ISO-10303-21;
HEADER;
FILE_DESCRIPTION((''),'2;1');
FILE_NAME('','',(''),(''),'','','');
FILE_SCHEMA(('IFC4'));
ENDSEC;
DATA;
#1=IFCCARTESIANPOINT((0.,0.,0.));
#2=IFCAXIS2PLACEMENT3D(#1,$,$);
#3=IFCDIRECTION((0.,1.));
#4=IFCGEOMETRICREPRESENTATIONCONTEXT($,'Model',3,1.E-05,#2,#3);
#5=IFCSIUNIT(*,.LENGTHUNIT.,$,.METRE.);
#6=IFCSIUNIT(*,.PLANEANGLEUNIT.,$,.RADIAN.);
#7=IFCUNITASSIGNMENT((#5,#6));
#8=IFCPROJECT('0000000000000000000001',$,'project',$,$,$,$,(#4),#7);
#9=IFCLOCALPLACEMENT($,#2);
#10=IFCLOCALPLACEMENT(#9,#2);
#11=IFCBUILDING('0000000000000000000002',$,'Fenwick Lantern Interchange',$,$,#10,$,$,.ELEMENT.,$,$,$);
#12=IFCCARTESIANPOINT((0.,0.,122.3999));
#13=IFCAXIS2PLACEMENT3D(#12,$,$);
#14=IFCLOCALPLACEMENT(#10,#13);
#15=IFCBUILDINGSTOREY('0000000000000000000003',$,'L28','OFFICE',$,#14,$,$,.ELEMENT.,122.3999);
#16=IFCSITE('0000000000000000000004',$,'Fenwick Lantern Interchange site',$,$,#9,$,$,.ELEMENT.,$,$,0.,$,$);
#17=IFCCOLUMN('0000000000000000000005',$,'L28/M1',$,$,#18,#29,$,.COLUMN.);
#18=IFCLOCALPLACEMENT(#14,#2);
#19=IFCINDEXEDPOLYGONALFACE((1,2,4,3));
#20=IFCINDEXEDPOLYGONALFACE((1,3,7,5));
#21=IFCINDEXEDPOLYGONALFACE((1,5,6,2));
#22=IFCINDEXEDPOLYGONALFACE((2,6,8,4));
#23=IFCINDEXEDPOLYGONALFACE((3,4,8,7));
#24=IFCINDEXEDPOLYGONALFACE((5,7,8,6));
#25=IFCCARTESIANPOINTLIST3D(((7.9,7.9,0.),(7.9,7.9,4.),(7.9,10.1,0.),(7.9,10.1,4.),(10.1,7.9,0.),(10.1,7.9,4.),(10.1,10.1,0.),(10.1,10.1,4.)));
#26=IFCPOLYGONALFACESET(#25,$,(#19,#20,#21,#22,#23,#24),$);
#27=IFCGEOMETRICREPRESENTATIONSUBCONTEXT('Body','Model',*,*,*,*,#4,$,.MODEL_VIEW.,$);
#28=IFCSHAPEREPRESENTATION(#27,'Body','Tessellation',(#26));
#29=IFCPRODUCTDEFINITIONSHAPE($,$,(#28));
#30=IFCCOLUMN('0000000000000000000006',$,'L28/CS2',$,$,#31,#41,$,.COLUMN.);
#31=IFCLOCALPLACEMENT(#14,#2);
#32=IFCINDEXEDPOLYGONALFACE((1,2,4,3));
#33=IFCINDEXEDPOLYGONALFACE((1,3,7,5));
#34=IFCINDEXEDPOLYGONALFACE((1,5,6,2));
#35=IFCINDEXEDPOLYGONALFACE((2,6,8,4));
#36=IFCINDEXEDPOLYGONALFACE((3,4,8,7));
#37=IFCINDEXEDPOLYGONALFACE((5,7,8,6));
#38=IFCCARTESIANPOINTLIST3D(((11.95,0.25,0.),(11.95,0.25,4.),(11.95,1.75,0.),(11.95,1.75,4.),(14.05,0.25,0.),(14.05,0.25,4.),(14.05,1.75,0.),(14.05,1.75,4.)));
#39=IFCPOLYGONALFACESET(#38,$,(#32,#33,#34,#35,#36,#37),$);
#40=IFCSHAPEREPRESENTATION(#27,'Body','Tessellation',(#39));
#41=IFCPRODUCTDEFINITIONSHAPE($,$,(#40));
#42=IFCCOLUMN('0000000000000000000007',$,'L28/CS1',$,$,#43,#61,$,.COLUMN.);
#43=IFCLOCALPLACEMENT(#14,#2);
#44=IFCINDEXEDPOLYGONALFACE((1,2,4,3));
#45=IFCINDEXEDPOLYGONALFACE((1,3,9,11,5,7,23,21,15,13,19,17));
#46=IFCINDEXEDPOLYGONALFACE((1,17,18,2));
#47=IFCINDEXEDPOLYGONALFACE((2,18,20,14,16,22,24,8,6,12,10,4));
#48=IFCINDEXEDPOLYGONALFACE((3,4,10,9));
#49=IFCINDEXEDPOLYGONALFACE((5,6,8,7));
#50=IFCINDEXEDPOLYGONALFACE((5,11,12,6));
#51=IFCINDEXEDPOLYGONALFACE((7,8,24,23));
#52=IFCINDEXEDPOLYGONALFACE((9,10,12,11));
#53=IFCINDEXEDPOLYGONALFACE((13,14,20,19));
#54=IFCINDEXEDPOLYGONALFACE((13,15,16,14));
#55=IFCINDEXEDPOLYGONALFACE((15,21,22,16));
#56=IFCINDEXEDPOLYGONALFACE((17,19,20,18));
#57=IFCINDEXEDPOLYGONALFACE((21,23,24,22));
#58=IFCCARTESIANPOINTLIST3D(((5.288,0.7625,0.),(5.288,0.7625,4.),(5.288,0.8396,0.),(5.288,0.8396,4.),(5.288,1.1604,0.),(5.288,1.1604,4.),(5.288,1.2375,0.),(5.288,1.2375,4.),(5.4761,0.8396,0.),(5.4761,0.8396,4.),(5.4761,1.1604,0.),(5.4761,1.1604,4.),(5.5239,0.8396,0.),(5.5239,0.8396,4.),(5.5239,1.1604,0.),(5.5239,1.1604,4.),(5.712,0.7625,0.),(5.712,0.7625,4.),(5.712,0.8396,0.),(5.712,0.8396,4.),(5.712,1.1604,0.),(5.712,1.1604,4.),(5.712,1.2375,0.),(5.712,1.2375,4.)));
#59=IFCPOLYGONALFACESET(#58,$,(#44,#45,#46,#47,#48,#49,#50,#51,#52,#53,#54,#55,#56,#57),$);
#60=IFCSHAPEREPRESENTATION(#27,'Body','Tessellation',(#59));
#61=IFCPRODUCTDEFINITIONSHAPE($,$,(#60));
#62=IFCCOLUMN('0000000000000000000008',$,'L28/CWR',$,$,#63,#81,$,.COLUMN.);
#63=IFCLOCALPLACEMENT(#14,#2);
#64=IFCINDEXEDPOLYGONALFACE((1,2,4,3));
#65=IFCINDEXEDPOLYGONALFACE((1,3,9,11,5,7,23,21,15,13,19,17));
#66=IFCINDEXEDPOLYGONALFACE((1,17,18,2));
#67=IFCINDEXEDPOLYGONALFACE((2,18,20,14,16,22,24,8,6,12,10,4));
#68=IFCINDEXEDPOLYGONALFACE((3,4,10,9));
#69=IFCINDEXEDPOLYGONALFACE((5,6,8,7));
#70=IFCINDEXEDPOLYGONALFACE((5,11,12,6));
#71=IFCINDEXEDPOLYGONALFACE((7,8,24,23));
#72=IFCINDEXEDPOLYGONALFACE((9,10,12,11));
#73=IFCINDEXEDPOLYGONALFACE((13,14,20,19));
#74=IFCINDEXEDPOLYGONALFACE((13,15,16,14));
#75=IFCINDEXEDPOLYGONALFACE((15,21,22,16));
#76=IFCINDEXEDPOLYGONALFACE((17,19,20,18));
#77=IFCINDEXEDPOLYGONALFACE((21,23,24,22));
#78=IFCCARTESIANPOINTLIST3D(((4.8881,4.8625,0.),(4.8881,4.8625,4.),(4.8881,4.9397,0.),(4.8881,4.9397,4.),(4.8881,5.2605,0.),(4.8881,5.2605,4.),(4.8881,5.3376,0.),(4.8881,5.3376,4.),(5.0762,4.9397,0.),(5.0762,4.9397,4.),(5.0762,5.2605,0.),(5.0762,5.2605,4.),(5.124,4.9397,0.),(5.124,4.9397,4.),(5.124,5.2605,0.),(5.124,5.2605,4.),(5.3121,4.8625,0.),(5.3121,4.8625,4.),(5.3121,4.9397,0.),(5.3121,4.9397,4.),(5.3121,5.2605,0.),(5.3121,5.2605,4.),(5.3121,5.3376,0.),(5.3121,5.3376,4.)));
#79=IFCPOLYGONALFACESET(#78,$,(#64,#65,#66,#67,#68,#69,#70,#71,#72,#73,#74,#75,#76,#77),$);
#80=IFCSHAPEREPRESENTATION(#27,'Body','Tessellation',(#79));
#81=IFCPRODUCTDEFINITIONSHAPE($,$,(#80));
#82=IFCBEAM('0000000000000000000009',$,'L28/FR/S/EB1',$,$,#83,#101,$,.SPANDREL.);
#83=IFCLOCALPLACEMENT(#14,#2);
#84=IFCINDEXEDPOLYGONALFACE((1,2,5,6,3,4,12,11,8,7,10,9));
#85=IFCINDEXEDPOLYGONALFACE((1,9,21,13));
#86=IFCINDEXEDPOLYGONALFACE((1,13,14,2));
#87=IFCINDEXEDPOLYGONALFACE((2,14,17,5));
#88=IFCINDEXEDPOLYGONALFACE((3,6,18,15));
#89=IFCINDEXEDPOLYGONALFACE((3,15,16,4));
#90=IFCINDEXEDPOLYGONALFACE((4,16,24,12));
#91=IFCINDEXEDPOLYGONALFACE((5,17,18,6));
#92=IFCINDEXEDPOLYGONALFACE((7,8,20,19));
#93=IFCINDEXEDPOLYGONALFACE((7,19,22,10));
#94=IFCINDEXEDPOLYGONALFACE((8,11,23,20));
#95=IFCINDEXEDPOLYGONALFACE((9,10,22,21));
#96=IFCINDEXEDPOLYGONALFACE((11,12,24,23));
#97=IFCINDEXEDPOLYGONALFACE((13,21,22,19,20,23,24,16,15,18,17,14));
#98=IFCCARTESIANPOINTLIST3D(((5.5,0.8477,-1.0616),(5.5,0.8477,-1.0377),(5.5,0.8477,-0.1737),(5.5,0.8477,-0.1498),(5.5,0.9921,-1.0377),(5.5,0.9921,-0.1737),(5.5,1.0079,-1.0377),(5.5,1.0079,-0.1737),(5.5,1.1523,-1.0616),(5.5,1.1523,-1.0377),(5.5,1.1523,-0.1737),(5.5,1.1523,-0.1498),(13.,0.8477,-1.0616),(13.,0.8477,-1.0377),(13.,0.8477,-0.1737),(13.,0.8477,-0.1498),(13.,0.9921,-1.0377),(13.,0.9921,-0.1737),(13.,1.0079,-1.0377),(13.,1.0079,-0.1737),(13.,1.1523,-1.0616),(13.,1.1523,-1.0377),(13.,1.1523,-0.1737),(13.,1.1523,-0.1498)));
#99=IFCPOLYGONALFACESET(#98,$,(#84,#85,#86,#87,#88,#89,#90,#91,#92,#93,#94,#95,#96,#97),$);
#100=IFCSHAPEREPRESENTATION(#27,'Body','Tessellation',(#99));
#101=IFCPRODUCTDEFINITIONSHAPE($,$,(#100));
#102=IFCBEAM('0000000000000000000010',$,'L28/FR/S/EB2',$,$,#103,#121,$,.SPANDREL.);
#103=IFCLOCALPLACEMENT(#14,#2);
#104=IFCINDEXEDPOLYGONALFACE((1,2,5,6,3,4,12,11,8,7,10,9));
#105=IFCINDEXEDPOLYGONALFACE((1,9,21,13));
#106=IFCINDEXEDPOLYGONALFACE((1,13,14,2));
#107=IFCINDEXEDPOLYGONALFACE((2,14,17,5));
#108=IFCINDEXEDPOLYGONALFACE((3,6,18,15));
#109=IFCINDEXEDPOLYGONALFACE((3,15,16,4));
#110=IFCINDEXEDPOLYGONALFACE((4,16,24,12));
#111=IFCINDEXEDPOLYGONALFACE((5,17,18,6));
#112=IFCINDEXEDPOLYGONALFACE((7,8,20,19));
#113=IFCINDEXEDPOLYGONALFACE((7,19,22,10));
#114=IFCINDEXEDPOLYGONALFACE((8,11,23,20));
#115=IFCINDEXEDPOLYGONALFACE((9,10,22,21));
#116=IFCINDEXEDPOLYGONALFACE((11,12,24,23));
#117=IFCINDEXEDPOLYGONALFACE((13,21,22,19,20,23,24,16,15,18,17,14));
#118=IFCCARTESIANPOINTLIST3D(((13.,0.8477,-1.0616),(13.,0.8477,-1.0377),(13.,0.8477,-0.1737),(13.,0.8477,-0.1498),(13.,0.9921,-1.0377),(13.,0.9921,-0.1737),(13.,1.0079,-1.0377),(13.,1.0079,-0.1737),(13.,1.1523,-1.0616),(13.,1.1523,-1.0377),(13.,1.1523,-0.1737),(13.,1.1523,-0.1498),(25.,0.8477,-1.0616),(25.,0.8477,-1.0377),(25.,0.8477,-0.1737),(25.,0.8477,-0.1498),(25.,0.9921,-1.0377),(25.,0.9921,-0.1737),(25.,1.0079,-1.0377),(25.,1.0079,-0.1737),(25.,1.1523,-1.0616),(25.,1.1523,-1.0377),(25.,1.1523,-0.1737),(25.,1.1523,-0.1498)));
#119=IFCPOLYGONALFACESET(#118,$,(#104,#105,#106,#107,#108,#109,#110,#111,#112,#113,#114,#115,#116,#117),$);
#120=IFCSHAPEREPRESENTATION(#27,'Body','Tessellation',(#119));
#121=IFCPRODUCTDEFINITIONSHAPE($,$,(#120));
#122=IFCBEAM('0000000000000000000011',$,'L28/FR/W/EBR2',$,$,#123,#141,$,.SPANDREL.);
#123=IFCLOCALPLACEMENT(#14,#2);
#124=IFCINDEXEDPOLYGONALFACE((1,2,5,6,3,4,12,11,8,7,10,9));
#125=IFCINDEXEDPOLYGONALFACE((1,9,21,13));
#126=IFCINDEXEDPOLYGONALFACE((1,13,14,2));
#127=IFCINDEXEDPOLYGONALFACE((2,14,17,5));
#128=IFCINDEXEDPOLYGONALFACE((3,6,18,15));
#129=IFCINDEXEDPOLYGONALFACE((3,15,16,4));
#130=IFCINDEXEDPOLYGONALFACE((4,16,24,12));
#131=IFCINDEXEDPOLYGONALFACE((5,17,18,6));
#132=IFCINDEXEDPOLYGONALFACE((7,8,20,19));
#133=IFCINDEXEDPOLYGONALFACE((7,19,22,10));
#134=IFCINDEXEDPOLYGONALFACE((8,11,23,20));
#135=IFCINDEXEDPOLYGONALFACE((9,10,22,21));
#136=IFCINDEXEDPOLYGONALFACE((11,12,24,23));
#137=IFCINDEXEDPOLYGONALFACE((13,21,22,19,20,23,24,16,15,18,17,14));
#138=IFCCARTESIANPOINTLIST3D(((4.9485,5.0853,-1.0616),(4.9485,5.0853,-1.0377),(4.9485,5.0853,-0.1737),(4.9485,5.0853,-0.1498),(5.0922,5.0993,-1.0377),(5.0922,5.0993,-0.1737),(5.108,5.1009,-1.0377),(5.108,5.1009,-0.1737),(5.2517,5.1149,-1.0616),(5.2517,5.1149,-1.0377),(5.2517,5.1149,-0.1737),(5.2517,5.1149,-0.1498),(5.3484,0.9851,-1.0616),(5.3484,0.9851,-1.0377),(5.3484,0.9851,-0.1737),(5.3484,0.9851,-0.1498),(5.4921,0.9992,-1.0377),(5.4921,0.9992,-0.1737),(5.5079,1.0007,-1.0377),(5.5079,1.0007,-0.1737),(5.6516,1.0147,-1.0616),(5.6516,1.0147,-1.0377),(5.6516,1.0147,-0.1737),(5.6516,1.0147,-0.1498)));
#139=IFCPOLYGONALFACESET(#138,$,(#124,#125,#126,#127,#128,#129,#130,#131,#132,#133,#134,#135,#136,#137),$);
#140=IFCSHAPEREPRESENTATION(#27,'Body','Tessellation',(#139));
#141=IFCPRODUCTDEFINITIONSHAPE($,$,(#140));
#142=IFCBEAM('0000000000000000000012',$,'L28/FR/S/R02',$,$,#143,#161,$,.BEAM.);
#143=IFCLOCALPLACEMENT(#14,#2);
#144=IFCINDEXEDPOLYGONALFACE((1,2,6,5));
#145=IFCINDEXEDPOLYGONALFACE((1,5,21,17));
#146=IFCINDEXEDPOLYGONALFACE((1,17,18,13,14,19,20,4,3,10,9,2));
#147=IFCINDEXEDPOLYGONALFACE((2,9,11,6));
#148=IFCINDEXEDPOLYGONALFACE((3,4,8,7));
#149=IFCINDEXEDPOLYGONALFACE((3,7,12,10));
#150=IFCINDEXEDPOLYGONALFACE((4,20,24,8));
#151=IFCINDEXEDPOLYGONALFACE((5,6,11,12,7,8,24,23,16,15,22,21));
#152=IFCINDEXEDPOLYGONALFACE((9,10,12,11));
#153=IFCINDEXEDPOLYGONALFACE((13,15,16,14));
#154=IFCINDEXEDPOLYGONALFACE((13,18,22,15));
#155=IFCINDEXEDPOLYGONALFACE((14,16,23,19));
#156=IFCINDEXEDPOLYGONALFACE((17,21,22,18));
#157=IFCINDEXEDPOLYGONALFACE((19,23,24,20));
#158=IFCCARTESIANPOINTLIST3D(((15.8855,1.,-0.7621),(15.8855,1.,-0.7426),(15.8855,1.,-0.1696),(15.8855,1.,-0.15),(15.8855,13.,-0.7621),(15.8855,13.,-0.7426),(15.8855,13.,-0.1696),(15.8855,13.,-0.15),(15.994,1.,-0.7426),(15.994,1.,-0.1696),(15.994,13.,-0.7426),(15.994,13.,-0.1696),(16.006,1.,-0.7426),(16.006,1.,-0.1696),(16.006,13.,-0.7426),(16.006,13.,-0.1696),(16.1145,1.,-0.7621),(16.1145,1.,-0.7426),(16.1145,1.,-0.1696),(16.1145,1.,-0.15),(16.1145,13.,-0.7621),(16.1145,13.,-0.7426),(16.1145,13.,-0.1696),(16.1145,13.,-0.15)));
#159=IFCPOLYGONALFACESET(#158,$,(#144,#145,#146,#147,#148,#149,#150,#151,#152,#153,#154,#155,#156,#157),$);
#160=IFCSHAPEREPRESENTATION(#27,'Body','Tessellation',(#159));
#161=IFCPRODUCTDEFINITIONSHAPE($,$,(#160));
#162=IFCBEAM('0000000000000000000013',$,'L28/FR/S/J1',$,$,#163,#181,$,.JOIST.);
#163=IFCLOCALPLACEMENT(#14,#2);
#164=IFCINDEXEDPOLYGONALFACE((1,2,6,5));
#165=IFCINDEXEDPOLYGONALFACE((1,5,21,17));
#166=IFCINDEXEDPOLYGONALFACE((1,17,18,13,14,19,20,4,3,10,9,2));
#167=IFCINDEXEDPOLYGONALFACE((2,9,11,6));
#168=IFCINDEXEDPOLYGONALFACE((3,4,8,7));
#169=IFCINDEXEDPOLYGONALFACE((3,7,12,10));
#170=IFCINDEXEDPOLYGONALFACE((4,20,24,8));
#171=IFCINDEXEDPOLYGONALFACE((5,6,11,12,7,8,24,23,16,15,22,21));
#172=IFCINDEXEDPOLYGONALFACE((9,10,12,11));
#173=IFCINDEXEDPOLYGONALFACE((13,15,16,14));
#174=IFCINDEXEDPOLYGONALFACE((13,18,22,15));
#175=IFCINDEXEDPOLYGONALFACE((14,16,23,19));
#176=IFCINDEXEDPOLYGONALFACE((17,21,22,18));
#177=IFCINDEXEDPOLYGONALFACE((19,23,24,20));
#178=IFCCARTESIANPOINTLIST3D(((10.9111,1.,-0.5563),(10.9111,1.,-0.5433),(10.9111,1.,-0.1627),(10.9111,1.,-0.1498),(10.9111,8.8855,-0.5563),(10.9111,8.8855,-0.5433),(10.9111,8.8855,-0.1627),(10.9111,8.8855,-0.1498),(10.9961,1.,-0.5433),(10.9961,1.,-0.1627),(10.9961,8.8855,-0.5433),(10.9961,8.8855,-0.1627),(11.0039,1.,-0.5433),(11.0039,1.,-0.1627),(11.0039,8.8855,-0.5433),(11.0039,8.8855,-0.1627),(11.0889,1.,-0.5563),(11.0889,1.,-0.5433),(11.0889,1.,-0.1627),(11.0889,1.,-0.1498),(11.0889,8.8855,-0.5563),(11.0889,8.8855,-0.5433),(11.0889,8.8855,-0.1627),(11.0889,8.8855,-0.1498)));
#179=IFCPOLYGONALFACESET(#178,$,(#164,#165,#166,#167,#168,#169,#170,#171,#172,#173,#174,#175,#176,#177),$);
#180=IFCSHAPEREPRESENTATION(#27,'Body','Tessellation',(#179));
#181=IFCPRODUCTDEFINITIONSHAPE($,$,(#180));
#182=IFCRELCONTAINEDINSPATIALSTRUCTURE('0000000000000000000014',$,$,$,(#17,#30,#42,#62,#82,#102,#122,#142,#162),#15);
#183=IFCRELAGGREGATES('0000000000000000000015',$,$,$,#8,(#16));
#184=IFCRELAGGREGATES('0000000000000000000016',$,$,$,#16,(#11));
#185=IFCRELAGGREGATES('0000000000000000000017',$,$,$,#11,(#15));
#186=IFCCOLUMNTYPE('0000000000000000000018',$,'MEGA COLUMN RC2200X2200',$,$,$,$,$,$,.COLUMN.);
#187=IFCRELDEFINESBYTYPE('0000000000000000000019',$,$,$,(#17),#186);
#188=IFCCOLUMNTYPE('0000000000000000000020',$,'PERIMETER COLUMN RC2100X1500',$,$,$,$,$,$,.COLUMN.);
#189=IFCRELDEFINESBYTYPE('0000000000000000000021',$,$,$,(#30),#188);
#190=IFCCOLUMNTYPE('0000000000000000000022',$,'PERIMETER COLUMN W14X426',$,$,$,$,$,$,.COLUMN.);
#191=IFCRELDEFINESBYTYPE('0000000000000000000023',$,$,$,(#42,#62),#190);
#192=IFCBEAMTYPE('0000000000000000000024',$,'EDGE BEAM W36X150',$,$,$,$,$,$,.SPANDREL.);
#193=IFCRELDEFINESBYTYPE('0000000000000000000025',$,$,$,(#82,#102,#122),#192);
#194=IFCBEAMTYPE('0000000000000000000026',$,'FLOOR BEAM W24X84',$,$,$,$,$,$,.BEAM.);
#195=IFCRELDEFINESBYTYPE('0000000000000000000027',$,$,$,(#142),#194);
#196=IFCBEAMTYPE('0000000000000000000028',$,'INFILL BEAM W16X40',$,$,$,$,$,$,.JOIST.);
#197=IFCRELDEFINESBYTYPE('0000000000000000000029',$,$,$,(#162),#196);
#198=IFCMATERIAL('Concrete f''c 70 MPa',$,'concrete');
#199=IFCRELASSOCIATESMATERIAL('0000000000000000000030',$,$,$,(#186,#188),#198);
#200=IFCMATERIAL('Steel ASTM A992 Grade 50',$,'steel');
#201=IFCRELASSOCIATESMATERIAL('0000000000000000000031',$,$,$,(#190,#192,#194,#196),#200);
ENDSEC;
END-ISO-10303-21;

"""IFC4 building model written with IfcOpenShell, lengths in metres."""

from ifc_helpers import new_model, si_unit, direction, frame, origin, origin_2d, place, context, subcontext, project, spatial, rectangle, i_section, extrude, material, material_profile, profile_set, type_object, element, save


model = new_model("IFC4")

# Units and contexts
model_context = context("Model", 3, precision=1e-05, world=origin(), true_north=direction((0.0, 1.0)))
body_context = subcontext(model_context, "Body", "Model", "MODEL_VIEW")
ifc_project = project(units=[si_unit("LENGTHUNIT", "METRE"), si_unit("PLANEANGLEUNIT", "RADIAN")], contexts=[model_context])

# Site, building, storey
site_placement = place(None, origin())
site = spatial("IfcSite", under=ifc_project, at=site_placement, Name="Fenwick Lantern Interchange site", CompositionType="ELEMENT", RefElevation=0.0)
building_placement = place(site_placement, origin())
building = spatial("IfcBuilding", under=site, at=building_placement, Name="Fenwick Lantern Interchange", CompositionType="ELEMENT")
storey_placement = place(building_placement, frame((0.0, 0.0, 122.3999)))
storey = spatial("IfcBuildingStorey", under=building, at=storey_placement, Name="L28", Description="OFFICE", CompositionType="ELEMENT", Elevation=122.3999)

# Columns
ifc_material_1 = material(Name="Concrete f'c 70 MPa", Category="concrete")
ifc_material_profile_1 = material_profile(ifc_material_1, rectangle(XDim=2.2, YDim=2.2, at=origin_2d()), Name="RC2200X2200")
ifc_profile_set_1 = profile_set([ifc_material_profile_1], Name="Concrete f'c 70 MPa")
column_type_1 = type_object("IfcColumnType", Name="MEGA COLUMN RC2200X2200", PredefinedType="COLUMN", material=ifc_profile_set_1)
column_1_placement = place(storey_placement, frame((9.0, 9.0, 0.0), z_axis=(0.0, 0.0, 1.0), x_axis=(1.0, 0.0, 0.0)))
element("IfcColumn", 1, at=column_1_placement, inside=storey, type_object=column_type_1, Name="L28/M1", PredefinedType="COLUMN", context=body_context, shape_type="SweptSolid", body=[
    extrude(rectangle(XDim=2.2, YDim=2.2, at=origin_2d()), origin(), (0.0, 0.0, 1.0), 4.0),
])
ifc_material_profile_2 = material_profile(ifc_material_1, rectangle(XDim=2.1001, YDim=1.5, at=origin_2d()), Name="RC2100X1500")
ifc_profile_set_2 = profile_set([ifc_material_profile_2], Name="Concrete f'c 70 MPa")
column_type_2 = type_object("IfcColumnType", Name="PERIMETER COLUMN RC2100X1500", PredefinedType="COLUMN", material=ifc_profile_set_2)
column_2_placement = place(storey_placement, frame((13.0, 1.0, 0.0), z_axis=(0.0, 0.0, 1.0), x_axis=(1.0, 0.0, 0.0)))
element("IfcColumn", 2, at=column_2_placement, inside=storey, type_object=column_type_2, Name="L28/CS2", PredefinedType="COLUMN", context=body_context, shape_type="SweptSolid", body=[
    extrude(rectangle(XDim=2.1001, YDim=1.5, at=origin_2d()), origin(), (0.0, 0.0, 1.0), 4.0),
])
ifc_material_2 = material(Name="Steel ASTM A992 Grade 50", Category="steel")
ifc_material_profile_3 = material_profile(ifc_material_2, i_section(OverallWidth=0.4241, OverallDepth=0.4751, WebThickness=0.0479, FlangeThickness=0.0771, at=origin_2d()), Name="W14X426")
ifc_profile_set_3 = profile_set([ifc_material_profile_3], Name="Steel ASTM A992 Grade 50")
column_type_3 = type_object("IfcColumnType", Name="PERIMETER COLUMN W14X426", PredefinedType="COLUMN", material=ifc_profile_set_3)
for number, where, z_axis, x_axis, name in (
    (3, (5.5, 1.0, 0.0), (0.0, 0.0, 1.0), (1.0, 0.0, 0.0), "L28/CS1"),
    (4, (5.1001, 5.1001, 0.0), (0.0, 0.0, 1.0), (1.0, 0.0, 0.0), "L28/CWR"),
):
    element("IfcColumn", number, at=place(storey_placement, frame(where, z_axis=z_axis, x_axis=x_axis)), inside=storey, type_object=column_type_3, Name=name, PredefinedType="COLUMN", context=body_context, shape_type="SweptSolid", body=[
        extrude(i_section(OverallWidth=0.4241, OverallDepth=0.4751, WebThickness=0.0479, FlangeThickness=0.0771, at=origin_2d()), origin(), (0.0, 0.0, 1.0), 4.0),
    ])

# Beams
ifc_material_profile_4 = material_profile(ifc_material_2, i_section(OverallWidth=0.3047, OverallDepth=0.9119, WebThickness=0.0159, FlangeThickness=0.0239, at=origin_2d()), Name="W36X150")
ifc_profile_set_4 = profile_set([ifc_material_profile_4], Name="Steel ASTM A992 Grade 50")
beam_type_1 = type_object("IfcBeamType", Name="EDGE BEAM W36X150", PredefinedType="SPANDREL", material=ifc_profile_set_4)
beam_1_placement = place(storey_placement, frame((5.5, 1.0, -0.6057), z_axis=(1.0, 0.0, 0.0), x_axis=(0.0, 1.0, 0.0)))
element("IfcBeam", 5, at=beam_1_placement, inside=storey, type_object=beam_type_1, Name="L28/FR/S/EB1", PredefinedType="SPANDREL", context=body_context, shape_type="SweptSolid", body=[
    extrude(i_section(OverallWidth=0.3047, OverallDepth=0.9119, WebThickness=0.0159, FlangeThickness=0.0239, at=origin_2d()), origin(), (0.0, 0.0, 1.0), 7.5),
])
beam_2_placement = place(storey_placement, frame((13.0, 1.0, -0.6057), z_axis=(1.0, 0.0, 0.0), x_axis=(0.0, 1.0, 0.0)))
element("IfcBeam", 6, at=beam_2_placement, inside=storey, type_object=beam_type_1, Name="L28/FR/S/EB2", PredefinedType="SPANDREL", context=body_context, shape_type="SweptSolid", body=[
    extrude(i_section(OverallWidth=0.3047, OverallDepth=0.9119, WebThickness=0.0159, FlangeThickness=0.0239, at=origin_2d()), origin(), (0.0, 0.0, 1.0), 12.0),
])
beam_3_placement = place(storey_placement, frame((5.1001, 5.1001, -0.6057), z_axis=(0.097074, -0.995277, 0.0), x_axis=(0.995277, 0.097074, 0.0)))
element("IfcBeam", 7, at=beam_3_placement, inside=storey, type_object=beam_type_1, Name="L28/FR/W/EBR2", PredefinedType="SPANDREL", context=body_context, shape_type="SweptSolid", body=[
    extrude(i_section(OverallWidth=0.3047, OverallDepth=0.9119, WebThickness=0.0159, FlangeThickness=0.0239, at=origin_2d()), origin(), (0.0, 0.0, 1.0), 4.1196),
])
ifc_material_profile_5 = material_profile(ifc_material_2, i_section(OverallWidth=0.229, OverallDepth=0.6121, WebThickness=0.012, FlangeThickness=0.0195, at=origin_2d()), Name="W24X84")
ifc_profile_set_5 = profile_set([ifc_material_profile_5], Name="Steel ASTM A992 Grade 50")
beam_type_2 = type_object("IfcBeamType", Name="FLOOR BEAM W24X84", PredefinedType="BEAM", material=ifc_profile_set_5)
beam_4_placement = place(storey_placement, frame((16.0, 1.0, -0.4561), z_axis=(0.0, 1.0, 0.0), x_axis=(-1.0, 0.0, 0.0)))
element("IfcBeam", 8, at=beam_4_placement, inside=storey, type_object=beam_type_2, Name="L28/FR/S/R02", PredefinedType="BEAM", context=body_context, shape_type="SweptSolid", body=[
    extrude(i_section(OverallWidth=0.229, OverallDepth=0.6121, WebThickness=0.012, FlangeThickness=0.0195, at=origin_2d()), origin(), (0.0, 0.0, 1.0), 12.0),
])
ifc_material_profile_6 = material_profile(ifc_material_2, i_section(OverallWidth=0.1777, OverallDepth=0.4065, WebThickness=0.0078, FlangeThickness=0.0129, at=origin_2d()), Name="W16X40")
ifc_profile_set_6 = profile_set([ifc_material_profile_6], Name="Steel ASTM A992 Grade 50")
beam_type_3 = type_object("IfcBeamType", Name="INFILL BEAM W16X40", PredefinedType="JOIST", material=ifc_profile_set_6)
beam_5_placement = place(storey_placement, frame((11.0, 1.0, -0.353), z_axis=(0.0, 1.0, 0.0), x_axis=(-1.0, 0.0, 0.0)))
element("IfcBeam", 9, at=beam_5_placement, inside=storey, type_object=beam_type_3, Name="L28/FR/S/J1", PredefinedType="JOIST", context=body_context, shape_type="SweptSolid", body=[
    extrude(i_section(OverallWidth=0.1777, OverallDepth=0.4065, WebThickness=0.0078, FlangeThickness=0.0129, at=origin_2d()), origin(), (0.0, 0.0, 1.0), 7.8855),
])

save(model, "model.ifc")
